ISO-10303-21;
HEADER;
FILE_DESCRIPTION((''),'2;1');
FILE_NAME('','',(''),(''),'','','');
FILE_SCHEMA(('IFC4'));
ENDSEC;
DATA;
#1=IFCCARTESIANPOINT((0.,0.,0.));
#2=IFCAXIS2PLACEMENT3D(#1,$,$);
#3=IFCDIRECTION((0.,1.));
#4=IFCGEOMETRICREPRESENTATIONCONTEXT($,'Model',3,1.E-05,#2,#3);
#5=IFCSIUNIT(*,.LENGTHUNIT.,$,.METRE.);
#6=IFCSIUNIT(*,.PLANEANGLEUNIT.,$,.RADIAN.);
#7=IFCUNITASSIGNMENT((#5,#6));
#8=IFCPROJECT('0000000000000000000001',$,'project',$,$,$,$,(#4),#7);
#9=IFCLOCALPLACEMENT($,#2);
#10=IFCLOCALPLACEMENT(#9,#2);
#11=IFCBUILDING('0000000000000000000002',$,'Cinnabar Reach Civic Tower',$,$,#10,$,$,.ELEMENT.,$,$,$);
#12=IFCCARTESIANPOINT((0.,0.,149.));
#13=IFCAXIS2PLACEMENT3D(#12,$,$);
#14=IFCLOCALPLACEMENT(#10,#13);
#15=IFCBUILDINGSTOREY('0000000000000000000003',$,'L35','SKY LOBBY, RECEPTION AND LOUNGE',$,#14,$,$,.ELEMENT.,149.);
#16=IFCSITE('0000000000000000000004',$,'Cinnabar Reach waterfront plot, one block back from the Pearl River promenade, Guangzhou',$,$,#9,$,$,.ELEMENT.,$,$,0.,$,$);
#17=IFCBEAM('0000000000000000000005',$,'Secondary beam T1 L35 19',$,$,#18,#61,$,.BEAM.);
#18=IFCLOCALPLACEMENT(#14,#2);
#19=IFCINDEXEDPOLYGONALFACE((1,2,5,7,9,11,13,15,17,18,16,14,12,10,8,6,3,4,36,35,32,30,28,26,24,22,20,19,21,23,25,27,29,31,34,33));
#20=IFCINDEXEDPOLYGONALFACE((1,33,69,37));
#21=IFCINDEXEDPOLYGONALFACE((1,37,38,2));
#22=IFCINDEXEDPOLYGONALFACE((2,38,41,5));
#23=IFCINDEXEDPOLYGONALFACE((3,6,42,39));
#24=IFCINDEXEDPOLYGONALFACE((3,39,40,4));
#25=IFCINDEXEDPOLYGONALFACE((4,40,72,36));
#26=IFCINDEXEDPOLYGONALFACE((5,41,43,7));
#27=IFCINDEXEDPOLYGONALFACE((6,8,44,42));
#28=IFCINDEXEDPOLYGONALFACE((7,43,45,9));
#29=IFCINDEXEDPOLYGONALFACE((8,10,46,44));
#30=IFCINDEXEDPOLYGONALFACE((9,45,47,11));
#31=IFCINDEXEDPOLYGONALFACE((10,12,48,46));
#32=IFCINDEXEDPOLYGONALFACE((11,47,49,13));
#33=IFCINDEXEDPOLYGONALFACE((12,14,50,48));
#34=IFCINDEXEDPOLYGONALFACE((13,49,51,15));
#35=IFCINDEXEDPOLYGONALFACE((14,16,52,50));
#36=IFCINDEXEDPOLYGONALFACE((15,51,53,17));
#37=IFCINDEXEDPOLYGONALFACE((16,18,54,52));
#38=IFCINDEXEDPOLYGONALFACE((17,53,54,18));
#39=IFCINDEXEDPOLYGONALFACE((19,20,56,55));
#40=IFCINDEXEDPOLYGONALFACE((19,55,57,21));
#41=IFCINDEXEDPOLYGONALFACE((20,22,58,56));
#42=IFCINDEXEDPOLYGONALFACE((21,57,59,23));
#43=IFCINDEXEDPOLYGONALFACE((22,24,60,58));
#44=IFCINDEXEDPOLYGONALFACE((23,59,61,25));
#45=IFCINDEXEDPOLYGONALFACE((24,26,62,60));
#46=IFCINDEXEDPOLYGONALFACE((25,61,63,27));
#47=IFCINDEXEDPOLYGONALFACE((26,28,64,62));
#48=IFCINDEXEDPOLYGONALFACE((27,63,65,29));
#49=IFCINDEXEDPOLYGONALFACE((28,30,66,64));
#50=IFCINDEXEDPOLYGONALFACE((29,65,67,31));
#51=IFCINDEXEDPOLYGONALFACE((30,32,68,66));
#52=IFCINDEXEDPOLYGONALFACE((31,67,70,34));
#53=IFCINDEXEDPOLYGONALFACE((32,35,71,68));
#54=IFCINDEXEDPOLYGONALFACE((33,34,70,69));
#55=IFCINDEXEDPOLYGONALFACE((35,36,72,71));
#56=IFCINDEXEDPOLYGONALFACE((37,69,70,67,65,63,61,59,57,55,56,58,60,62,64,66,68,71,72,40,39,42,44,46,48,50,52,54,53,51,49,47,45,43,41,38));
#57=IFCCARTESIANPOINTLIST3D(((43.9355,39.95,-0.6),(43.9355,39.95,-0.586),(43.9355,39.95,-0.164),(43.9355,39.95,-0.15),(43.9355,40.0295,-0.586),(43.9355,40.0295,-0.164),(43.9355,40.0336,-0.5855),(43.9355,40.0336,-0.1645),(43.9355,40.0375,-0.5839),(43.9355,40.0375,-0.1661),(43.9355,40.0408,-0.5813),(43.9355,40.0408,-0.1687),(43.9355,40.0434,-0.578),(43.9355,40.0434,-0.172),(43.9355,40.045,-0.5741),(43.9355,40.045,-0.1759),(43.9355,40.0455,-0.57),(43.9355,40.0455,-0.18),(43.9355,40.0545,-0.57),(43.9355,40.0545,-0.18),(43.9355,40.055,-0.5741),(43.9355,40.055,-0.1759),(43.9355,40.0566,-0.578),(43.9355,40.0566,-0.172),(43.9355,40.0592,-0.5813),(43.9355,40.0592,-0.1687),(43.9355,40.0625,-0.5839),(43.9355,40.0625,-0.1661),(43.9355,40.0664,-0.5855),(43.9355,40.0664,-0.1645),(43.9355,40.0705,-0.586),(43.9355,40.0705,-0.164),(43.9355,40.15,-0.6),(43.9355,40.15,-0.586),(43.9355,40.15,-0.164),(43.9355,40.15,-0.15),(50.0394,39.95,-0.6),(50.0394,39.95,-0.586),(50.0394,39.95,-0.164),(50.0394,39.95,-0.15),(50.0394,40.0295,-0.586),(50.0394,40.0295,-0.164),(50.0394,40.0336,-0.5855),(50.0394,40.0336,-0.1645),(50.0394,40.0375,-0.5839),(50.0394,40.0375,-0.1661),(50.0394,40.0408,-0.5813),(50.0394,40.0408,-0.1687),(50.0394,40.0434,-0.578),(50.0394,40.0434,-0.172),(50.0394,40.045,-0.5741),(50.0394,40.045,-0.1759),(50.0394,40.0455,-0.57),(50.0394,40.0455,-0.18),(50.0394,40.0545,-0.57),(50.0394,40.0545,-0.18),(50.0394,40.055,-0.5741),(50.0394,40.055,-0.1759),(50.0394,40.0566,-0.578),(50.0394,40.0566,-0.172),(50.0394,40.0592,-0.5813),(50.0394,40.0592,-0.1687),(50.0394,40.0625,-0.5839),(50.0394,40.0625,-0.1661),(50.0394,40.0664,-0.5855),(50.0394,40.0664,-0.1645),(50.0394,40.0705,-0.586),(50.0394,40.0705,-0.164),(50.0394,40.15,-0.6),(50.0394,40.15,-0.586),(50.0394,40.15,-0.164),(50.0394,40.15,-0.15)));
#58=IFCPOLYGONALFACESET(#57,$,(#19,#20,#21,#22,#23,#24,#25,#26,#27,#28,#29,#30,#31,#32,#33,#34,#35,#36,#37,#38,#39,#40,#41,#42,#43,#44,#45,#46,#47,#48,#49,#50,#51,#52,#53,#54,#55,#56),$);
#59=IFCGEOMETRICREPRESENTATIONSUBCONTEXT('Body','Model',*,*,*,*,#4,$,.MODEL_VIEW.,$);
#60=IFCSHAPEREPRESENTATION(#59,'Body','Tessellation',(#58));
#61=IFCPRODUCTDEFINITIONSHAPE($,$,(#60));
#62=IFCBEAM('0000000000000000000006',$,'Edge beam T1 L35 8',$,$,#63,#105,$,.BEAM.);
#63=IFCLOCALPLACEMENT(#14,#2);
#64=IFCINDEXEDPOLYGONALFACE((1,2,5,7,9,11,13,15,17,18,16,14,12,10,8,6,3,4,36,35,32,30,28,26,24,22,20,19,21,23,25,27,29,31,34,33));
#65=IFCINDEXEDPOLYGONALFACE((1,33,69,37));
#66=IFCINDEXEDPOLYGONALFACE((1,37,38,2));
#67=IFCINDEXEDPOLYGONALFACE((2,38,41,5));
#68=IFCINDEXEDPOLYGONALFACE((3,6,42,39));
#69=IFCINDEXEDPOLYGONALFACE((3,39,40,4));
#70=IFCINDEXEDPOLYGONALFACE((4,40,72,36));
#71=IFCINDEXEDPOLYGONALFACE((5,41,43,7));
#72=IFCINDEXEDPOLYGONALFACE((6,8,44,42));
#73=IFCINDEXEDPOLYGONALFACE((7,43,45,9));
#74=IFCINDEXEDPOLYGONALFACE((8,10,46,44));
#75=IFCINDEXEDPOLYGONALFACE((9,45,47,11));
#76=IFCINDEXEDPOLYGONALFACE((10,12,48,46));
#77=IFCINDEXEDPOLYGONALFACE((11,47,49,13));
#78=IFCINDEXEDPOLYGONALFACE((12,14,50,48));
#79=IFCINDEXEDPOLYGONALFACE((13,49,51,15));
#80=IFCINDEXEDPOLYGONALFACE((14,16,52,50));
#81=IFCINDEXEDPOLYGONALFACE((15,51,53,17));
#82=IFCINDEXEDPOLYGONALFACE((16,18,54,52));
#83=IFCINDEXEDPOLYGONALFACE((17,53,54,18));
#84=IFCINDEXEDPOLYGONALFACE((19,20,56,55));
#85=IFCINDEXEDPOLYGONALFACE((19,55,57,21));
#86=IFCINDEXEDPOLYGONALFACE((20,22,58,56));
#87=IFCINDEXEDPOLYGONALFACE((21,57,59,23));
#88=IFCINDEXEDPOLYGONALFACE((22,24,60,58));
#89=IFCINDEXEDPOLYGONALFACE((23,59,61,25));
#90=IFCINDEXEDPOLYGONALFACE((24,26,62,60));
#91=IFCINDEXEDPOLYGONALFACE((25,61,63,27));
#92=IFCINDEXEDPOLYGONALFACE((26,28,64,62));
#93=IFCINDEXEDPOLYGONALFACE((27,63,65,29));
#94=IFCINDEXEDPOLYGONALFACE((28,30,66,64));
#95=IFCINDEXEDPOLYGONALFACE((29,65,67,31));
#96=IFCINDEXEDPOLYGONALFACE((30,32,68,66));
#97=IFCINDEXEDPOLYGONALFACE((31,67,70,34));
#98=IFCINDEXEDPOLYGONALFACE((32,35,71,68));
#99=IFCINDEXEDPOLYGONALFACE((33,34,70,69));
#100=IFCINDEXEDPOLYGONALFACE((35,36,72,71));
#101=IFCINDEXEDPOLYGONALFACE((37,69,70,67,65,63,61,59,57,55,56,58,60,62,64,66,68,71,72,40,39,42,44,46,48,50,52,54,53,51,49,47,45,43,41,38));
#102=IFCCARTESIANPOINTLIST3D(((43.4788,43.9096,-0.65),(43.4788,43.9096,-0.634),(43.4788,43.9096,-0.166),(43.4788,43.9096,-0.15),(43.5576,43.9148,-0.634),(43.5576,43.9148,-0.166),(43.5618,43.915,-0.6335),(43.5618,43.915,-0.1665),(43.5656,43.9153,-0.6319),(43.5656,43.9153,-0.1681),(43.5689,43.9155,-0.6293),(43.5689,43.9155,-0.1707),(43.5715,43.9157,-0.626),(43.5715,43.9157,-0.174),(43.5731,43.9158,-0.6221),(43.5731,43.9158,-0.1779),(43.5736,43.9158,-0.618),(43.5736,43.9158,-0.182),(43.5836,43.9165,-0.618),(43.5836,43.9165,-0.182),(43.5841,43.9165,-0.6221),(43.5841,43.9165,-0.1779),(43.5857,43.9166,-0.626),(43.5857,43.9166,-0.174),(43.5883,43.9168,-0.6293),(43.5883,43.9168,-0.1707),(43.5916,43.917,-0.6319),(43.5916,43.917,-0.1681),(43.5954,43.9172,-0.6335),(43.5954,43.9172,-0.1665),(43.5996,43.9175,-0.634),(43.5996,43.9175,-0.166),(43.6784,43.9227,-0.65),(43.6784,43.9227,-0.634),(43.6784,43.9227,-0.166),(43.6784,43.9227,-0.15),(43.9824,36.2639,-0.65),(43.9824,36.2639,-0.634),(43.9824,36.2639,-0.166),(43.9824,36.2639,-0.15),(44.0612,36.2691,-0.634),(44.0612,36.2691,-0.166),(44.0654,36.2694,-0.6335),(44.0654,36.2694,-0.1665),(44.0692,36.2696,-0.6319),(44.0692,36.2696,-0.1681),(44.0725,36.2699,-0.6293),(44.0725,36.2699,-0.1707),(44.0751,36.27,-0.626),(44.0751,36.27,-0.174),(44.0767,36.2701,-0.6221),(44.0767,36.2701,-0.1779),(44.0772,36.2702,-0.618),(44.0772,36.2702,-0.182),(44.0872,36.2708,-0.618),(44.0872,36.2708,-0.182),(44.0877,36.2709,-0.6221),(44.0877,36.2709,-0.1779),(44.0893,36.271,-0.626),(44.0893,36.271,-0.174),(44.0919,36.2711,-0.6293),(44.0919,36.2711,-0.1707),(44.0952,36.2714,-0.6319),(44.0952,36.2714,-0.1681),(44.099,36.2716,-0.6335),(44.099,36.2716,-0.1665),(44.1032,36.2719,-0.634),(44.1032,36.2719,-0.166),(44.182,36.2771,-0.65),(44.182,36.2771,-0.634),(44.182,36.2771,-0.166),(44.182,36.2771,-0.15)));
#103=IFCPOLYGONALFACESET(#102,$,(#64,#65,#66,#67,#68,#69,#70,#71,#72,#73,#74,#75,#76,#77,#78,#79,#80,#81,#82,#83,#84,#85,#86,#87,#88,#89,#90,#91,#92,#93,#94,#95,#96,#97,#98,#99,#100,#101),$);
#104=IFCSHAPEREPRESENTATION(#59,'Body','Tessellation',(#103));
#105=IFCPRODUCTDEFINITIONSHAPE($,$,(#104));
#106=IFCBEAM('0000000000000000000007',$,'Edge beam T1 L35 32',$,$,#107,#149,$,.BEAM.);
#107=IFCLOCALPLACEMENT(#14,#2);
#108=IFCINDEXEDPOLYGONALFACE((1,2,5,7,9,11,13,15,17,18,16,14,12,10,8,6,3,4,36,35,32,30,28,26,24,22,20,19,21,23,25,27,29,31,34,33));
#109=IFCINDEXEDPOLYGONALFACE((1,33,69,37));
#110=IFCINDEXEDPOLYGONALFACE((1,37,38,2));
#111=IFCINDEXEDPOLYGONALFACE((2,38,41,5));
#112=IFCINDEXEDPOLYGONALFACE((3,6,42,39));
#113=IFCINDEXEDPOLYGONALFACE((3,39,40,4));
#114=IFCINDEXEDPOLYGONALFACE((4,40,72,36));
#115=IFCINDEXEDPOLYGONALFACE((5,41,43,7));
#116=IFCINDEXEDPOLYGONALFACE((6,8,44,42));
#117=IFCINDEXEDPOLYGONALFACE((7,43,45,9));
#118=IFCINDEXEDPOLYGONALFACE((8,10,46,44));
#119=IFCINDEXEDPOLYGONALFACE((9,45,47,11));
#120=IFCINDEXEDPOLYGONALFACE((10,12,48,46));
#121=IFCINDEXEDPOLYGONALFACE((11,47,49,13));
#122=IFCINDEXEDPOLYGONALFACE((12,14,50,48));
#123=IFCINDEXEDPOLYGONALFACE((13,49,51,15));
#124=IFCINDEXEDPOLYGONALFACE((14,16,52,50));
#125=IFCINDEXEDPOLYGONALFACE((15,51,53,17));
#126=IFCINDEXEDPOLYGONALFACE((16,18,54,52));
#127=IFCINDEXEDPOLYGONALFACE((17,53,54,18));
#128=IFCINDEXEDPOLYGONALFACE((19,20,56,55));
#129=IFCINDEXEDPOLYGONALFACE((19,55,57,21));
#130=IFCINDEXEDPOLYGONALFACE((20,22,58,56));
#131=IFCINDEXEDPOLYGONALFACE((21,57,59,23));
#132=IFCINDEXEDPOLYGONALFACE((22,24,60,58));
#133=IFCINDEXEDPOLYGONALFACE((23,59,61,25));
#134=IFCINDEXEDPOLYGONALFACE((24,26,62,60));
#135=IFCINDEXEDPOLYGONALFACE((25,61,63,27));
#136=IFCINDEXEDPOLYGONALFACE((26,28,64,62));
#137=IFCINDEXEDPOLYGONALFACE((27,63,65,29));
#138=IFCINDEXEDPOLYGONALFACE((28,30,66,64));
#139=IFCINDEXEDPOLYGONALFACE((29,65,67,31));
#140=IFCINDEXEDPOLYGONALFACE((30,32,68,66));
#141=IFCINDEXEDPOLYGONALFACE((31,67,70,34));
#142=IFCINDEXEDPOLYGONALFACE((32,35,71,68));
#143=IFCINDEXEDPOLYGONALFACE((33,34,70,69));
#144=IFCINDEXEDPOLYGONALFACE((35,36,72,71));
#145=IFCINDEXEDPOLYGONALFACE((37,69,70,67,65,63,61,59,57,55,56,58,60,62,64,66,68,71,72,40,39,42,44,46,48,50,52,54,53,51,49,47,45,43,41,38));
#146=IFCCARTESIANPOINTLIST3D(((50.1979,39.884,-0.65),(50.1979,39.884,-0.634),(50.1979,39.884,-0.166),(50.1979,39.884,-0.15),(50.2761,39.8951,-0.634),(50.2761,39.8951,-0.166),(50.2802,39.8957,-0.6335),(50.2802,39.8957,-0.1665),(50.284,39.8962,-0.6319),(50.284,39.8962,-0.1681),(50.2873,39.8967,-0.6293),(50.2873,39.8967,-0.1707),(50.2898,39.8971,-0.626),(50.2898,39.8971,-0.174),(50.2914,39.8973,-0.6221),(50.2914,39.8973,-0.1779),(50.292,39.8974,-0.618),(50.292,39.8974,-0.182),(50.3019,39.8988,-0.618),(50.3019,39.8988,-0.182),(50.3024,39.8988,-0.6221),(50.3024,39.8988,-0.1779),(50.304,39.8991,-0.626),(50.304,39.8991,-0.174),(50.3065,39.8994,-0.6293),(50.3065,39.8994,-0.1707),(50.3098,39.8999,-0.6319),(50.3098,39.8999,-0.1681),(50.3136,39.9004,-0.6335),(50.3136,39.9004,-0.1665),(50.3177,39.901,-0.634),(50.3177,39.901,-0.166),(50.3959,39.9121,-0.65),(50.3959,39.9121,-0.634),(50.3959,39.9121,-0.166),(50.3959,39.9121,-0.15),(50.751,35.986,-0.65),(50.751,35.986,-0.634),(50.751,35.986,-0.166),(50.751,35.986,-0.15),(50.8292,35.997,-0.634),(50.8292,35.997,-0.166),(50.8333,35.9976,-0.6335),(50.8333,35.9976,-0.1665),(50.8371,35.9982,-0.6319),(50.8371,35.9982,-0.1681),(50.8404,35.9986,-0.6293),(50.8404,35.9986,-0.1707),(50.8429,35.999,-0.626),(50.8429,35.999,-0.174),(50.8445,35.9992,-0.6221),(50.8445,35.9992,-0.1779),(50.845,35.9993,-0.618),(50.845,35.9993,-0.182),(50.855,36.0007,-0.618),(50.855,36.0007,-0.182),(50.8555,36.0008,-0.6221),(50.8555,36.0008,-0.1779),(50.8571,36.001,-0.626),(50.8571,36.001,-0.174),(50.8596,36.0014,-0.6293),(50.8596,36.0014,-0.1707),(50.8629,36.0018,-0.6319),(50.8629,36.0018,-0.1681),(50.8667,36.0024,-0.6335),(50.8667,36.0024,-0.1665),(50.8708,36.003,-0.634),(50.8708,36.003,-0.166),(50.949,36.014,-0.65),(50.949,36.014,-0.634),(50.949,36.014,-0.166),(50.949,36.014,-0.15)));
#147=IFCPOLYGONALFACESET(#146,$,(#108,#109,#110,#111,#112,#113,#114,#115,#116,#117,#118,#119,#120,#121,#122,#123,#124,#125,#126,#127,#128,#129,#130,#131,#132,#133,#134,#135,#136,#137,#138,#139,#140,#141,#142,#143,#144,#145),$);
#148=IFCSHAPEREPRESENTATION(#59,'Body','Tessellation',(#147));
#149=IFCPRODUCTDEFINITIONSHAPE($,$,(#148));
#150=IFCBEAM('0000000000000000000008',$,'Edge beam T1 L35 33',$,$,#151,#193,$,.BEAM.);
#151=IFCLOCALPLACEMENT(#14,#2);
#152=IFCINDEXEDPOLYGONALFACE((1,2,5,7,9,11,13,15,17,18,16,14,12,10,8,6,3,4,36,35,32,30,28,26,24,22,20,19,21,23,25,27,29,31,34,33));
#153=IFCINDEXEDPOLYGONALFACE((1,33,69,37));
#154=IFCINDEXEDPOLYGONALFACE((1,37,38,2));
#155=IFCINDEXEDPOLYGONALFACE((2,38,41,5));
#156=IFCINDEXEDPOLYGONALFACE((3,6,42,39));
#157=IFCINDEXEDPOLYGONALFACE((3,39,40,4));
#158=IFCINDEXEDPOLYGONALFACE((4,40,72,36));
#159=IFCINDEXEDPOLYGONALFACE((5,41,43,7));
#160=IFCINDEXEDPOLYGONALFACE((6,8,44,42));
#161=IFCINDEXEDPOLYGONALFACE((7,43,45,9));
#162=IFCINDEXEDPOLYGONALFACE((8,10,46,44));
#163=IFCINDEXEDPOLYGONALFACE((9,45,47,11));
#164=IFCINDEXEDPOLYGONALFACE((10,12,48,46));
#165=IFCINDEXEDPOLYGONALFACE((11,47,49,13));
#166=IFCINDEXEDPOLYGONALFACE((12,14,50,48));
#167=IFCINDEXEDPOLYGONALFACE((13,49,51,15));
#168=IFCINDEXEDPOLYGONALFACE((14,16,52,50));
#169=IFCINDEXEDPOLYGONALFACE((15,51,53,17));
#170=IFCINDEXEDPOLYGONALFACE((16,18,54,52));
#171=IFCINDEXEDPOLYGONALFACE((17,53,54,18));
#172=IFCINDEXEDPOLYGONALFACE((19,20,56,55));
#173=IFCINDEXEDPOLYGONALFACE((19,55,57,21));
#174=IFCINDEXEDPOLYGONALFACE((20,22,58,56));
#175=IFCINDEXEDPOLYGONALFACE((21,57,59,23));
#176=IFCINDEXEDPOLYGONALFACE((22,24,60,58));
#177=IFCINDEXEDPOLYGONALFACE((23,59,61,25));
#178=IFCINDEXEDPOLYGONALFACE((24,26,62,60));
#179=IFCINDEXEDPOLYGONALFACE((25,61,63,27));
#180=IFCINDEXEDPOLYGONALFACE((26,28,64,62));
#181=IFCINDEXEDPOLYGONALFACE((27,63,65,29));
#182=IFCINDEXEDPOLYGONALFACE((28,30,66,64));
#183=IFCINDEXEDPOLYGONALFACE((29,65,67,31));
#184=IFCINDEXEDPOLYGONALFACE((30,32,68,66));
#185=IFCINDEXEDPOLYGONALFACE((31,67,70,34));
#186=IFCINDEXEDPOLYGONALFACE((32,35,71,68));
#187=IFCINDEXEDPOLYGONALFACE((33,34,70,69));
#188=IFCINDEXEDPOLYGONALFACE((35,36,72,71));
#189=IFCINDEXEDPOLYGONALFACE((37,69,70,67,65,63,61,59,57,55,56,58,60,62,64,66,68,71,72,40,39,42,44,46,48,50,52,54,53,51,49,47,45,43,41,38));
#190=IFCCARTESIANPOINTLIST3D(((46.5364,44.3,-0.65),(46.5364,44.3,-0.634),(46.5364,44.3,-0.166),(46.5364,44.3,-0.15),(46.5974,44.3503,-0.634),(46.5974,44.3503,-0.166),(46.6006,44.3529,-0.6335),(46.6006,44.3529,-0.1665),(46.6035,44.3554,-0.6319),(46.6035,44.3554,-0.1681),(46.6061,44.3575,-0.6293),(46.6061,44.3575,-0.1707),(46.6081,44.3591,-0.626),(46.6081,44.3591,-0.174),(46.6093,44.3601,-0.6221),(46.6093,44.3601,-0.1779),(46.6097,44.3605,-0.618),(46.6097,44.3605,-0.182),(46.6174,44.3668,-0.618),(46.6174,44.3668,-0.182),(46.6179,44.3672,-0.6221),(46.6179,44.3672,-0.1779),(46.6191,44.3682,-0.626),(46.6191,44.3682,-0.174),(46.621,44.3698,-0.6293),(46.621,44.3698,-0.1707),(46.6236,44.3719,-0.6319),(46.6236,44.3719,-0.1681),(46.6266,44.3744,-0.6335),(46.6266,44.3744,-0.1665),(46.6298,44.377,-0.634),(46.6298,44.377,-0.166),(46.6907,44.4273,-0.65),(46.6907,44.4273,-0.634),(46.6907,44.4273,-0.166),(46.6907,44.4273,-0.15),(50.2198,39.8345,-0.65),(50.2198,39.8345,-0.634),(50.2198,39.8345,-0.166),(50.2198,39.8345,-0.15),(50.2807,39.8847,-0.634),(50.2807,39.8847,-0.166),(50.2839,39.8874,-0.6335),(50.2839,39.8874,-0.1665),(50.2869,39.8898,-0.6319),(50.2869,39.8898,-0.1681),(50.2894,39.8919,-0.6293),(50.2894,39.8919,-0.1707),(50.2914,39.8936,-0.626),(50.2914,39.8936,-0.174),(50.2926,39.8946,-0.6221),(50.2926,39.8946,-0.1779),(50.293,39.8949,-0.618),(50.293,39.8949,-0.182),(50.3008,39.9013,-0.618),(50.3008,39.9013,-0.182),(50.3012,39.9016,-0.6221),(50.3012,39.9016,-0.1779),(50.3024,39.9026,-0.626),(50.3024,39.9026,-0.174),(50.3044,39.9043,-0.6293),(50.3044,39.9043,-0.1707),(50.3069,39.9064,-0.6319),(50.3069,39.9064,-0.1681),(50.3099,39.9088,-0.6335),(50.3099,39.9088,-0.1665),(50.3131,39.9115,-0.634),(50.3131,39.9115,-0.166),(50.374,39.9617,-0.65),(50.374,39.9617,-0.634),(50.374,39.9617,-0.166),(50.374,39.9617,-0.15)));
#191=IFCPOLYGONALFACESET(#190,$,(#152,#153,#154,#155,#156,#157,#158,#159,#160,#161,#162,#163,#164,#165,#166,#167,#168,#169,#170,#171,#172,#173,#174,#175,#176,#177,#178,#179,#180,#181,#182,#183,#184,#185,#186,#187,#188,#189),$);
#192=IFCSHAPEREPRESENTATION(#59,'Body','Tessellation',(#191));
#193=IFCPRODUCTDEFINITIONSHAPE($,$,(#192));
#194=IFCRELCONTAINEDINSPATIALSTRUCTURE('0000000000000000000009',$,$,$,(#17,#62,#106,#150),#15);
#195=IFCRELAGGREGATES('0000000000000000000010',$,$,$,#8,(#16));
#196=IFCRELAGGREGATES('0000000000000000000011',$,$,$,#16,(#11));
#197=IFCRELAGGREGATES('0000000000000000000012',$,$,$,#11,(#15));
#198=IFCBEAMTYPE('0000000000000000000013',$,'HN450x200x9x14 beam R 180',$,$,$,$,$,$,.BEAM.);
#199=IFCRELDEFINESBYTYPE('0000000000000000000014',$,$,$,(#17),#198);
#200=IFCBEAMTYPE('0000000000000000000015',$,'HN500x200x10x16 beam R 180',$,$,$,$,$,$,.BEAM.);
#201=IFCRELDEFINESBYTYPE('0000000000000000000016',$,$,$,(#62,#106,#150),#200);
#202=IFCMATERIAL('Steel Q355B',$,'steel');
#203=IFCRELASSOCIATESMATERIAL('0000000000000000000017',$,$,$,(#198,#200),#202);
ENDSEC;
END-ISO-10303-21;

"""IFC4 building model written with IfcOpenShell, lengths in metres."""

from ifc_helpers import new_model, si_unit, direction, frame, origin, origin_2d, place, context, subcontext, project, spatial, i_section, extrude, material, material_profile, profile_set, type_object, element, save


model = new_model("IFC4")

# Units and contexts
model_context = context("Model", 3, precision=1e-05, world=origin(), true_north=direction((0.0, 1.0)))
body_context = subcontext(model_context, "Body", "Model", "MODEL_VIEW")
ifc_project = project(units=[si_unit("LENGTHUNIT", "METRE"), si_unit("PLANEANGLEUNIT", "RADIAN")], contexts=[model_context])

# Site, building, storey
site_placement = place(None, origin())
site = spatial("IfcSite", under=ifc_project, at=site_placement, Name="Cinnabar Reach waterfront plot, one block back from the Pearl River promenade, Guangzhou", CompositionType="ELEMENT", RefElevation=0.0)
building_placement = place(site_placement, origin())
building = spatial("IfcBuilding", under=site, at=building_placement, Name="Cinnabar Reach Civic Tower", CompositionType="ELEMENT")
storey_placement = place(building_placement, frame((0.0, 0.0, 149.0)))
storey = spatial("IfcBuildingStorey", under=building, at=storey_placement, Name="L35", Description="SKY LOBBY, RECEPTION AND LOUNGE", CompositionType="ELEMENT", Elevation=149.0)

# Beams
ifc_material_1 = material(Name="Steel Q355B", Category="steel")
ifc_material_profile_1 = material_profile(ifc_material_1, i_section(OverallWidth=0.2, OverallDepth=0.45, WebThickness=0.009, FlangeThickness=0.014, FilletRadius=0.016, at=origin_2d()), Name="HN450x200x9x14")
ifc_profile_set_1 = profile_set([ifc_material_profile_1], Name="Steel Q355B")
beam_type_1 = type_object("IfcBeamType", Name="HN450x200x9x14 beam R 180", PredefinedType="BEAM", material=ifc_profile_set_1)
beam_1_placement = place(storey_placement, frame((43.9355, 40.05, -0.375), z_axis=(1.0, 0.0, 0.0), x_axis=(0.0, 1.0, 0.0)))
element("IfcBeam", 1, at=beam_1_placement, inside=storey, type_object=beam_type_1, Name="Secondary beam T1 L35 19", PredefinedType="BEAM", context=body_context, shape_type="SweptSolid", body=[
    extrude(i_section(OverallWidth=0.2, OverallDepth=0.45, WebThickness=0.009, FlangeThickness=0.014, FilletRadius=0.016, at=origin_2d()), origin(), (0.0, 0.0, 1.0), 6.1039),
])
ifc_material_profile_2 = material_profile(ifc_material_1, i_section(OverallWidth=0.2, OverallDepth=0.5, WebThickness=0.01, FlangeThickness=0.016, FilletRadius=0.016, at=origin_2d()), Name="HN500x200x10x16")
ifc_profile_set_2 = profile_set([ifc_material_profile_2], Name="Steel Q355B")
beam_type_2 = type_object("IfcBeamType", Name="HN500x200x10x16 beam R 180", PredefinedType="BEAM", material=ifc_profile_set_2)
beam_2_placement = place(storey_placement, frame((44.0822, 36.2705, -0.4), z_axis=(-0.065726, 0.997838, 0.0), x_axis=(-0.997838, -0.065726, 0.0)))
element("IfcBeam", 2, at=beam_2_placement, inside=storey, type_object=beam_type_2, Name="Edge beam T1 L35 8", PredefinedType="BEAM", context=body_context, shape_type="SweptSolid", body=[
    extrude(i_section(OverallWidth=0.2, OverallDepth=0.5, WebThickness=0.01, FlangeThickness=0.016, FilletRadius=0.016, at=origin_2d()), origin(), (0.0, 0.0, 1.0), 7.6622),
])
beam_3_placement = place(storey_placement, frame((50.85, 36.0, -0.4), z_axis=(-0.140483, 0.990083, 0.0), x_axis=(-0.990083, -0.140483, 0.0)))
element("IfcBeam", 3, at=beam_3_placement, inside=storey, type_object=beam_type_2, Name="Edge beam T1 L35 32", PredefinedType="BEAM", context=body_context, shape_type="SweptSolid", body=[
    extrude(i_section(OverallWidth=0.2, OverallDepth=0.5, WebThickness=0.01, FlangeThickness=0.016, FilletRadius=0.016, at=origin_2d()), origin(), (0.0, 0.0, 1.0), 3.9371),
])
beam_4_placement = place(storey_placement, frame((50.2969, 39.8981, -0.4), z_axis=(-0.636307, 0.771436, 0.0), x_axis=(-0.771436, -0.636307, 0.0)))
element("IfcBeam", 4, at=beam_4_placement, inside=storey, type_object=beam_type_2, Name="Edge beam T1 L35 33", PredefinedType="BEAM", context=body_context, shape_type="SweptSolid", body=[
    extrude(i_section(OverallWidth=0.2, OverallDepth=0.5, WebThickness=0.01, FlangeThickness=0.016, FilletRadius=0.016, at=origin_2d()), origin(), (0.0, 0.0, 1.0), 5.7886),
])

save(model, "model.ifc")
